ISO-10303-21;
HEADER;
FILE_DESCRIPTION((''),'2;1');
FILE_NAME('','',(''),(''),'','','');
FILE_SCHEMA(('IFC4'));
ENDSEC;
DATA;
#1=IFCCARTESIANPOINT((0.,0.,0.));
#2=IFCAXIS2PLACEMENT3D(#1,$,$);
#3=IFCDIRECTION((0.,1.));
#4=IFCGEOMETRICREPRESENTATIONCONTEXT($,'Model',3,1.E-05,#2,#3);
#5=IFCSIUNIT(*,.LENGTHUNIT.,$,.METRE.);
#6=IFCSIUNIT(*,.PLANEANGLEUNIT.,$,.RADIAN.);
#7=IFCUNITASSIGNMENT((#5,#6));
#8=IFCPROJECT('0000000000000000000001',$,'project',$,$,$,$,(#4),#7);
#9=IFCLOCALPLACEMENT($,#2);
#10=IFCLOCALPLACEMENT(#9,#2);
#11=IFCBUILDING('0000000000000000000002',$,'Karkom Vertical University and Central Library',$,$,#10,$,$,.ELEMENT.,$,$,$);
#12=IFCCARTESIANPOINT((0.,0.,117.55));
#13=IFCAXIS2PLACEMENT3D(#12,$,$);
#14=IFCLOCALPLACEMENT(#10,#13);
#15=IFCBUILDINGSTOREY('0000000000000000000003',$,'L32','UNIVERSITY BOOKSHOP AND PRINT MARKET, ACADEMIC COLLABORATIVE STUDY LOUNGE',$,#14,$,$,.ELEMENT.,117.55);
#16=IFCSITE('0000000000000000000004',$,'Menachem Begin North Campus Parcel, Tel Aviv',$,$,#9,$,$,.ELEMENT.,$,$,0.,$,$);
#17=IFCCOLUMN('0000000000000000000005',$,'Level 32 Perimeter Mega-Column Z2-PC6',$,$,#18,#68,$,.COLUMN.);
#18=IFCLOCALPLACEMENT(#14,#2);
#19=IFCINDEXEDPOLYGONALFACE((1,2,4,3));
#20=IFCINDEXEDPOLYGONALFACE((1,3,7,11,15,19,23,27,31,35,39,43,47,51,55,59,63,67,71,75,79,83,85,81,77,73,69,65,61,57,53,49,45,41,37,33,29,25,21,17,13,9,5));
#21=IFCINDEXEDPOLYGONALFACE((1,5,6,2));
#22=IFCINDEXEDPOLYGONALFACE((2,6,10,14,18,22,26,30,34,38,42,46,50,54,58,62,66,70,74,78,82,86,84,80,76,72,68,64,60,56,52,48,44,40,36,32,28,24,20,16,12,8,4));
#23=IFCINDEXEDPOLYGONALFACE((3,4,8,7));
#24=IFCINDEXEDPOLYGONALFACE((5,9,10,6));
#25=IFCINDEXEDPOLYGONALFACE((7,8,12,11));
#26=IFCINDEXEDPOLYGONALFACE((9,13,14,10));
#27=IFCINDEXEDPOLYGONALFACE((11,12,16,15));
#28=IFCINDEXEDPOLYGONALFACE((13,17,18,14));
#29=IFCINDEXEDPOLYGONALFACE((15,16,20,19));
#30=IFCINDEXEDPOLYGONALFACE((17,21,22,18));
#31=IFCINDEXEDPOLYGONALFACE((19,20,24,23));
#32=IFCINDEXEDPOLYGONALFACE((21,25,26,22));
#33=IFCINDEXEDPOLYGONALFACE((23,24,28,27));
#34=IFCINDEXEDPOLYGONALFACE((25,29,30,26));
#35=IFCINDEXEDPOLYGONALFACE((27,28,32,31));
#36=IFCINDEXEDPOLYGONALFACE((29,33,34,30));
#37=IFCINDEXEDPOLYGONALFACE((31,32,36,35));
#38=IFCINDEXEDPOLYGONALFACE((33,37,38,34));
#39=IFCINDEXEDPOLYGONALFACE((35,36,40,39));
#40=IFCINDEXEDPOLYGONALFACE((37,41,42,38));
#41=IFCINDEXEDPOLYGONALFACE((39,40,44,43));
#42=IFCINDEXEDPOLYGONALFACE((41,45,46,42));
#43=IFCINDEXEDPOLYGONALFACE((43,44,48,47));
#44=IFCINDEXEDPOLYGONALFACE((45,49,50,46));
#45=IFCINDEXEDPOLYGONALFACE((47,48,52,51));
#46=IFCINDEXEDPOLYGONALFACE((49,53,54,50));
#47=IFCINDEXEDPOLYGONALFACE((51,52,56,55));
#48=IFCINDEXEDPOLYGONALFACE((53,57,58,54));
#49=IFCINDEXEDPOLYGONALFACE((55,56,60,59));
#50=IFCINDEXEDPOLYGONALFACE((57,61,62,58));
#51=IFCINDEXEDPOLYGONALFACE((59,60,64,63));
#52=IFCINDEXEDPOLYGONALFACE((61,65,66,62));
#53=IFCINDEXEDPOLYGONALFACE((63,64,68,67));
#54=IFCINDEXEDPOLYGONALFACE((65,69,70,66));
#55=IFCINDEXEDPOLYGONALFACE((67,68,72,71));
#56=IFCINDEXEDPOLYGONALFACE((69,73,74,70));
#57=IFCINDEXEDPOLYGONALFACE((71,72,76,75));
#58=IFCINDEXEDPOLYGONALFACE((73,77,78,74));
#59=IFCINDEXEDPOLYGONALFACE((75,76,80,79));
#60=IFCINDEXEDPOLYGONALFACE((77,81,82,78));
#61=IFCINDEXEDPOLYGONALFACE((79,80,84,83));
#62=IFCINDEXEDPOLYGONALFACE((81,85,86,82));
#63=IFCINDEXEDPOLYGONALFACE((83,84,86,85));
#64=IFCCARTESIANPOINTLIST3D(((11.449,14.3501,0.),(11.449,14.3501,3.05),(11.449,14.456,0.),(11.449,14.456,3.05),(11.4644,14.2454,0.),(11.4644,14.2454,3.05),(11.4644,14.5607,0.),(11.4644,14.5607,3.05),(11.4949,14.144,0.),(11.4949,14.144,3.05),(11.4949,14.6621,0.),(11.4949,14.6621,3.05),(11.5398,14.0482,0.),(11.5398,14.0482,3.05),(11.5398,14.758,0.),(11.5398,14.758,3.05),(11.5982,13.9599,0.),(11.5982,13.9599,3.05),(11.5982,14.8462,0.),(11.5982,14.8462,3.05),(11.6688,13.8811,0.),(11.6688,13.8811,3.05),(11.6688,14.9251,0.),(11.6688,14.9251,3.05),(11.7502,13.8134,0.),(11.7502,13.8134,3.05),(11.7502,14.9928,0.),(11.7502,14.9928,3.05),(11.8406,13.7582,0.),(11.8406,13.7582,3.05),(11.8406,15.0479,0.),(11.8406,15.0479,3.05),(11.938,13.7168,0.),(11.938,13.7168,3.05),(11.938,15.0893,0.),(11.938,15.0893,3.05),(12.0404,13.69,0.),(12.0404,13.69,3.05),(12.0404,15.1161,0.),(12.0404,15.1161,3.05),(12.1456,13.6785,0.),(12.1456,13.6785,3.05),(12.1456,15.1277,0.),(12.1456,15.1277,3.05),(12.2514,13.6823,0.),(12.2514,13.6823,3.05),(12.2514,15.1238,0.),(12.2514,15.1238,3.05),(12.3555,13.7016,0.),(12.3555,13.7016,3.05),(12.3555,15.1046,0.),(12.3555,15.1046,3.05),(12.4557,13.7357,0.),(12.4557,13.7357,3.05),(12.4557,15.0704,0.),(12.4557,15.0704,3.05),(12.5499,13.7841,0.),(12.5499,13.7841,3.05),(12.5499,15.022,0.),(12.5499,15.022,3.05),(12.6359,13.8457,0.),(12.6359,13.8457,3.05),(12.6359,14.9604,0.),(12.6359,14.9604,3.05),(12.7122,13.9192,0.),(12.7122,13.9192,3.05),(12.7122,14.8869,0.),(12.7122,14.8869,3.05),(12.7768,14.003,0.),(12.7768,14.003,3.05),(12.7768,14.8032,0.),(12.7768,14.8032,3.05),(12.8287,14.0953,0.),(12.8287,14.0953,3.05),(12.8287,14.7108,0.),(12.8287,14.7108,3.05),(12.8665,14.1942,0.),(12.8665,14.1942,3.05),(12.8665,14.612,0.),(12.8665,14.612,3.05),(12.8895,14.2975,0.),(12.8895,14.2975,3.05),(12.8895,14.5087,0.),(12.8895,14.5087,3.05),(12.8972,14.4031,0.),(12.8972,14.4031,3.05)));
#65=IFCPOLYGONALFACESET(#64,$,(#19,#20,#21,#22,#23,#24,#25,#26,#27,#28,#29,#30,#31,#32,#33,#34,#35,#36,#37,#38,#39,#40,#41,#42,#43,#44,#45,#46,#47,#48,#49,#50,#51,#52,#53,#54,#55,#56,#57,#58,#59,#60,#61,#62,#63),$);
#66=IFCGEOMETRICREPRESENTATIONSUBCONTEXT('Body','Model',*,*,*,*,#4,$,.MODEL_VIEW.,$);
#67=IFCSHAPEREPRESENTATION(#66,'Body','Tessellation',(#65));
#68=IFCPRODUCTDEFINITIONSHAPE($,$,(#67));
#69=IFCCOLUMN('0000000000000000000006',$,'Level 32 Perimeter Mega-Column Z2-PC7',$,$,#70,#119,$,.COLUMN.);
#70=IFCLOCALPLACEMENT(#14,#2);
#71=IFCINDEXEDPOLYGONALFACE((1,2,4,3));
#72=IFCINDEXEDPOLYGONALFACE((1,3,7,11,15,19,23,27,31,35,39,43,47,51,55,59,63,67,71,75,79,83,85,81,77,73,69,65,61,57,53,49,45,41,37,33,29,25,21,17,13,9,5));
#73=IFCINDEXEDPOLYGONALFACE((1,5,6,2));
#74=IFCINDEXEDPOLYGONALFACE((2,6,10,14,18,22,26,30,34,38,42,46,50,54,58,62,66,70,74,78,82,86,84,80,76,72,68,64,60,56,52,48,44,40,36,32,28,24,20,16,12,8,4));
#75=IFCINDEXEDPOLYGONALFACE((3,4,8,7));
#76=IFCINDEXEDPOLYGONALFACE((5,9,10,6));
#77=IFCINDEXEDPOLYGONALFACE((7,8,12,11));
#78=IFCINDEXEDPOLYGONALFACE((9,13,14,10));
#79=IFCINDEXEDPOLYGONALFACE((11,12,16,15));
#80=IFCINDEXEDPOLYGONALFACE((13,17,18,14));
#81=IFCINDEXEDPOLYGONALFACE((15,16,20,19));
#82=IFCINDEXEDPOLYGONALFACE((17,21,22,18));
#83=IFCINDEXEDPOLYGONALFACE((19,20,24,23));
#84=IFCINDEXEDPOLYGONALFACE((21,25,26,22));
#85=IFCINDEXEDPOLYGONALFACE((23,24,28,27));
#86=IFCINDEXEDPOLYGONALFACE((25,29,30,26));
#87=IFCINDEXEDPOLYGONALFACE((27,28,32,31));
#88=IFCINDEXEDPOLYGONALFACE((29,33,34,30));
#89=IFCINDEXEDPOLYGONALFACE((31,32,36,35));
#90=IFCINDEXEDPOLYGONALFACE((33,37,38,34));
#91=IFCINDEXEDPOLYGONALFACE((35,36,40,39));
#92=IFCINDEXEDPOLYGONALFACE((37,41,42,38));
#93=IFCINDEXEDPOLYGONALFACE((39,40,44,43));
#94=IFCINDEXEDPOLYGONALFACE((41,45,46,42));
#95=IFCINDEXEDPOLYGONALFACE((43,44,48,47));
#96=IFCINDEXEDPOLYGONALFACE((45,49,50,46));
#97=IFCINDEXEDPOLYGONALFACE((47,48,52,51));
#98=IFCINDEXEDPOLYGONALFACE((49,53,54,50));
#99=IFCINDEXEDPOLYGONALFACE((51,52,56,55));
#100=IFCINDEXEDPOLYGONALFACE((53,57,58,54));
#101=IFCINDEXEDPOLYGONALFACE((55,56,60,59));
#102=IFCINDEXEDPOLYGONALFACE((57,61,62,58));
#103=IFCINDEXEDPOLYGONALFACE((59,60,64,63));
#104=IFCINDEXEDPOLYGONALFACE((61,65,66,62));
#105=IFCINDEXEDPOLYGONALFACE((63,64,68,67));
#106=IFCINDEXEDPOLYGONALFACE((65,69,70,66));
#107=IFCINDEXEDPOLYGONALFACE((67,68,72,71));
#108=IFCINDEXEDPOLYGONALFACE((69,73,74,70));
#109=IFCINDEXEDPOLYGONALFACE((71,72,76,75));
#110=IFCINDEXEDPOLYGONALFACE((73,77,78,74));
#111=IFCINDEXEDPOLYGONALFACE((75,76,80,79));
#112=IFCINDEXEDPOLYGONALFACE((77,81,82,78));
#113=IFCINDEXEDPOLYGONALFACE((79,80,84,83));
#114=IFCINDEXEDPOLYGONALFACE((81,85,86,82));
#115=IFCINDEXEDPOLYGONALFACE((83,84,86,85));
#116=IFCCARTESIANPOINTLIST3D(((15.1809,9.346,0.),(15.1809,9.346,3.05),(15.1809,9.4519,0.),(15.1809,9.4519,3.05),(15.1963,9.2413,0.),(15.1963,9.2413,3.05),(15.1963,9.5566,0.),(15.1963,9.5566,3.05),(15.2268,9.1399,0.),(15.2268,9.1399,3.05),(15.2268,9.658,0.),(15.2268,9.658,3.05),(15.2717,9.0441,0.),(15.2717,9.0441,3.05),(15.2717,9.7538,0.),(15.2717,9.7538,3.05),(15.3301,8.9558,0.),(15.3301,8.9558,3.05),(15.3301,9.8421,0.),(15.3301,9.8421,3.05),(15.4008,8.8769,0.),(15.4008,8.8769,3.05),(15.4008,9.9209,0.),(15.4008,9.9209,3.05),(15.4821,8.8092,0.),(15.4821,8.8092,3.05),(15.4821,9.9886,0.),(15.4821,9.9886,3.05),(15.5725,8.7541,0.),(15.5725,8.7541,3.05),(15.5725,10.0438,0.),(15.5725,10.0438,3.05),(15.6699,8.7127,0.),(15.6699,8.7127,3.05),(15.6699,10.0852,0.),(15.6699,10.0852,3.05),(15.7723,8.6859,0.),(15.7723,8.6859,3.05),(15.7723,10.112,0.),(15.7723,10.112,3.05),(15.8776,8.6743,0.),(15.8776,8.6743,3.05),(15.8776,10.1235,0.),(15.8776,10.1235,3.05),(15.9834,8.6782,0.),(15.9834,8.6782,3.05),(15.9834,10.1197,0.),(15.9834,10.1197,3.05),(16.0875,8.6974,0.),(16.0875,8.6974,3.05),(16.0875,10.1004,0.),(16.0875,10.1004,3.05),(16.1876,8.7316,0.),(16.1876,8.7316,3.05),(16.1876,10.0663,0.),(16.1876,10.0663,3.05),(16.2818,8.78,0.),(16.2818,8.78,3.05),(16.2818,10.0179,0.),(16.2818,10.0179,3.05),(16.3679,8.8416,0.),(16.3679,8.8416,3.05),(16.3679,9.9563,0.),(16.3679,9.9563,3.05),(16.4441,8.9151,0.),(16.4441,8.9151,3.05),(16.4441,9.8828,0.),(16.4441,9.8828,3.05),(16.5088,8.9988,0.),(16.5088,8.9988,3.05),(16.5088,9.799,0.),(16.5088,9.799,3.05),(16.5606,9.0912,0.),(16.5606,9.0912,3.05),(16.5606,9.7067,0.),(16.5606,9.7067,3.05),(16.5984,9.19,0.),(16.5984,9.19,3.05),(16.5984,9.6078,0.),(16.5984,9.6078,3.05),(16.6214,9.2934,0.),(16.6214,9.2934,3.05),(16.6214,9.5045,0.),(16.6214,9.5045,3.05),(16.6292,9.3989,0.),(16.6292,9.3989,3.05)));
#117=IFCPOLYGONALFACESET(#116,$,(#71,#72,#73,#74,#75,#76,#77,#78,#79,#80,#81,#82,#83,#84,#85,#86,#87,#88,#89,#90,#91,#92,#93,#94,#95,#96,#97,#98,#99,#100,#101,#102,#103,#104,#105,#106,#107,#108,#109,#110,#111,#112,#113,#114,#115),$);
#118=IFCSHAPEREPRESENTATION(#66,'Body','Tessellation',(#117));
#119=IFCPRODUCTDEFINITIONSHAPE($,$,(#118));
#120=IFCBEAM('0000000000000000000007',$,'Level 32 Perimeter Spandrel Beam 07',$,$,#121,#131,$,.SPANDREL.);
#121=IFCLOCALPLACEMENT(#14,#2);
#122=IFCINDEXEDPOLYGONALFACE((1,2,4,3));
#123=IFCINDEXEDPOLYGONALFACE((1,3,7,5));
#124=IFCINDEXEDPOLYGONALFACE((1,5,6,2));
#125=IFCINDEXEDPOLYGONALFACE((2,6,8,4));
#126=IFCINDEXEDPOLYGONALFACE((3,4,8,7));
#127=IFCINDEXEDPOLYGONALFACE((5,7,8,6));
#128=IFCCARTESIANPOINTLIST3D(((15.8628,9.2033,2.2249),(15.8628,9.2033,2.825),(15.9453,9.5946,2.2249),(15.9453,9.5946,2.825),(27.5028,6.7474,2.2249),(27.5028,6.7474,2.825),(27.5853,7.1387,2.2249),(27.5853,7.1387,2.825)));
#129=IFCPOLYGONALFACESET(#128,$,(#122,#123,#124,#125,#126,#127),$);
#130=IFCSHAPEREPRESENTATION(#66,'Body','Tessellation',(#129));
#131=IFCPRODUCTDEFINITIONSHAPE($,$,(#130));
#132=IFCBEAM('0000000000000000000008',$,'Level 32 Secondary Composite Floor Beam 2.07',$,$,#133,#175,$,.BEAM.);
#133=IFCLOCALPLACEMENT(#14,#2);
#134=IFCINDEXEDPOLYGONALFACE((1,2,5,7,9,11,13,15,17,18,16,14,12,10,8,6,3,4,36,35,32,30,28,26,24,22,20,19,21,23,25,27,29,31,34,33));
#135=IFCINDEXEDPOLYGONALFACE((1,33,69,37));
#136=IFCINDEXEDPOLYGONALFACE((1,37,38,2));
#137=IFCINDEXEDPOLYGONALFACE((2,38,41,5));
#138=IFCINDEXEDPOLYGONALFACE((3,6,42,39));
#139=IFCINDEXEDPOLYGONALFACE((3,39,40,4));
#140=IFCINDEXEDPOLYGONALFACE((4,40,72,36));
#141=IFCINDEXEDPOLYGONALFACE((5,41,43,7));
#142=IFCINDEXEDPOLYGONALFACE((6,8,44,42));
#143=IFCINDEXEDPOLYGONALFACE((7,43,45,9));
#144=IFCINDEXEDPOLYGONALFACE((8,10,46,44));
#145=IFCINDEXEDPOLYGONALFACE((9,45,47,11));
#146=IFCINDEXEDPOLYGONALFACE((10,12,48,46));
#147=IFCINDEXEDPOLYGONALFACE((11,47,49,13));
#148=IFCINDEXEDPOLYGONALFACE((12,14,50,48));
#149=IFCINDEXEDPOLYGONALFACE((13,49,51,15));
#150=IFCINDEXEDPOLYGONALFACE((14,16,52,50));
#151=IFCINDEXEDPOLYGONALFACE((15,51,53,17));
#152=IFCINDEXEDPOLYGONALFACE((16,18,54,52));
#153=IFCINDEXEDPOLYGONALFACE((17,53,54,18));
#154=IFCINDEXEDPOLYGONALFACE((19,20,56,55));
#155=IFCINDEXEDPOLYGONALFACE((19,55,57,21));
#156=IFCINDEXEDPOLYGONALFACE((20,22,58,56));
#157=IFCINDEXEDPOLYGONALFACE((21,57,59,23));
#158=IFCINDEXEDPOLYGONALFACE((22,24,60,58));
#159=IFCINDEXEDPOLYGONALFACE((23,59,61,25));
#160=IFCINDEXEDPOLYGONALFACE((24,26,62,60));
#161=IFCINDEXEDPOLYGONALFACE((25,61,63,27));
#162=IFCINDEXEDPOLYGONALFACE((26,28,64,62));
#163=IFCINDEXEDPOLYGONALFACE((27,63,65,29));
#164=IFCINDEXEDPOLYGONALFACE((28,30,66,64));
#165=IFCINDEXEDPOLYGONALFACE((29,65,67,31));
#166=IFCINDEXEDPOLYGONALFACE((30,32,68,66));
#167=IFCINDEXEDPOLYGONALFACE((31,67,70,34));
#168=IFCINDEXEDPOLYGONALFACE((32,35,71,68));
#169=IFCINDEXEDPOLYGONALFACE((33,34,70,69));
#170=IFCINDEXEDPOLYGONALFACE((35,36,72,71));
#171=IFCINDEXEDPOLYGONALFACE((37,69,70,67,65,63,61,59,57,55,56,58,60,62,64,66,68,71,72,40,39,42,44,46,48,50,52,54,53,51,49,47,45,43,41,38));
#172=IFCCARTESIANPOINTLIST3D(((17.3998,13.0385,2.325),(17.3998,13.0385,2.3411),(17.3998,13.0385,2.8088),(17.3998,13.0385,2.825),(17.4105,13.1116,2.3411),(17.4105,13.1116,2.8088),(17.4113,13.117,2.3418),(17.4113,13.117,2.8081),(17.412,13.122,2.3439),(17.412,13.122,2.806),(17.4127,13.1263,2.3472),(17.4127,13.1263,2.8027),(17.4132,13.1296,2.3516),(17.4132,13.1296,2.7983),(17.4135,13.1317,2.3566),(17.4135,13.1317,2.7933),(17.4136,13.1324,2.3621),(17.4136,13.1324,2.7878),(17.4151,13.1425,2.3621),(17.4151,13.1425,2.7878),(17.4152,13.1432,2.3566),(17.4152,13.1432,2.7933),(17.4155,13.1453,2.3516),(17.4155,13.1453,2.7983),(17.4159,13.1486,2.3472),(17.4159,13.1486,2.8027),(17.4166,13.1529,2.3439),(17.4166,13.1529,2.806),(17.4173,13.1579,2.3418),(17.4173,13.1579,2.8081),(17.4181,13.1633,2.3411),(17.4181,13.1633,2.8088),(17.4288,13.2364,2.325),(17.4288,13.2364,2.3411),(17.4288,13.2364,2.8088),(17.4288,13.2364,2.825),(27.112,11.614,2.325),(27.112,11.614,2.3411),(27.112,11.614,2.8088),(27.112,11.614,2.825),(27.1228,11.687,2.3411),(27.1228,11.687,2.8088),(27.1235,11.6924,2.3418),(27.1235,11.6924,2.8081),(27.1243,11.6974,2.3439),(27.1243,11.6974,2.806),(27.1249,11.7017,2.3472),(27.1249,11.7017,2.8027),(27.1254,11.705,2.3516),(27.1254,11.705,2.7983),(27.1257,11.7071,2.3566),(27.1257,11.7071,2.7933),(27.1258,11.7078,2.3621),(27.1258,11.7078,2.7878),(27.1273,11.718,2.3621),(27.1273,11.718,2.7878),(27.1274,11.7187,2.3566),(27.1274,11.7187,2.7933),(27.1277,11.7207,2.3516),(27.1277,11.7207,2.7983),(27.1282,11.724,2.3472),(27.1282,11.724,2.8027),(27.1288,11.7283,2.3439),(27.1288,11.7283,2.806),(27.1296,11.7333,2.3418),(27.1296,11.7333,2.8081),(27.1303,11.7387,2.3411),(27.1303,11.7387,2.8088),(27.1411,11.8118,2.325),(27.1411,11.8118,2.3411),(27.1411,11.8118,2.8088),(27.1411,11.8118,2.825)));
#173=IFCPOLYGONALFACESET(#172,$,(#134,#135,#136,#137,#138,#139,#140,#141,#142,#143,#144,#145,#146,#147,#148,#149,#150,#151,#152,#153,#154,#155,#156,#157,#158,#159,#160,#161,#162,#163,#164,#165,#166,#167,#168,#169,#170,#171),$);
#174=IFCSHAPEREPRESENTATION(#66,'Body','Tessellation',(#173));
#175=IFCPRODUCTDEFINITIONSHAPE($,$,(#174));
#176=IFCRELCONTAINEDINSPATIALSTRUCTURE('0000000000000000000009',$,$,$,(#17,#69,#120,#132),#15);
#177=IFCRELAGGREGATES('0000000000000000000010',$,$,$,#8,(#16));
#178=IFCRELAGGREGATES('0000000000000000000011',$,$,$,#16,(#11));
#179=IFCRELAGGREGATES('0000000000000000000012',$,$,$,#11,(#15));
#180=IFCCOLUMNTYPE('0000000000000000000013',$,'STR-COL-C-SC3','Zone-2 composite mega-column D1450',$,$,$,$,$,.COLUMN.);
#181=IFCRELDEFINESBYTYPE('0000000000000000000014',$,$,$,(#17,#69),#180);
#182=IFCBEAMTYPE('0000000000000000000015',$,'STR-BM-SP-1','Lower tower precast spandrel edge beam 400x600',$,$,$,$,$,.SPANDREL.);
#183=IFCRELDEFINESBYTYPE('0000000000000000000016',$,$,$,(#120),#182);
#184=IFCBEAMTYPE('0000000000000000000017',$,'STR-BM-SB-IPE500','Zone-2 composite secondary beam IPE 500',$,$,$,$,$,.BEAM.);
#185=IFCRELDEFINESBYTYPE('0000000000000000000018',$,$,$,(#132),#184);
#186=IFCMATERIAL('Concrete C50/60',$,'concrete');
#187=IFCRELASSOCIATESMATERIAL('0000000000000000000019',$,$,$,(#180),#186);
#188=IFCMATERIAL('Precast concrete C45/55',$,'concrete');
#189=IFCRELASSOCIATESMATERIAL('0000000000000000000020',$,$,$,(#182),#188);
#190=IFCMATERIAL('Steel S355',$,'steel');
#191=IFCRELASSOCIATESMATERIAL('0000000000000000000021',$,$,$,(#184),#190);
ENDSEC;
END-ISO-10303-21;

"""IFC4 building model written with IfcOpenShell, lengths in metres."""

from ifc_helpers import new_model, si_unit, direction, frame, origin, origin_with_axes, origin_2d, place, context, subcontext, project, spatial, rectangle, circle, i_section, extrude, source, transform, mapped, material, material_profile, profile_set, type_object, element, save


model = new_model("IFC4")

# Units and contexts
model_context = context("Model", 3, precision=1e-05, world=origin(), true_north=direction((0.0, 1.0)))
body_context = subcontext(model_context, "Body", "Model", "MODEL_VIEW")
ifc_project = project(units=[si_unit("LENGTHUNIT", "METRE"), si_unit("PLANEANGLEUNIT", "RADIAN")], contexts=[model_context])

# Site, building, storey
site_placement = place(None, origin())
site = spatial("IfcSite", under=ifc_project, at=site_placement, Name="Menachem Begin North Campus Parcel, Tel Aviv", CompositionType="ELEMENT", RefElevation=0.0)
building_placement = place(site_placement, origin())
building = spatial("IfcBuilding", under=site, at=building_placement, Name="Karkom Vertical University and Central Library", CompositionType="ELEMENT")
storey_placement = place(building_placement, frame((0.0, 0.0, 117.55)))
storey = spatial("IfcBuildingStorey", under=building, at=storey_placement, Name="L32", Description="UNIVERSITY BOOKSHOP AND PRINT MARKET, ACADEMIC COLLABORATIVE STUDY LOUNGE", CompositionType="ELEMENT", Elevation=117.55)

# Columns
ifc_material_1 = material(Name="Concrete C50/60", Category="concrete")
ifc_material_profile_1 = material_profile(ifc_material_1, circle(Radius=0.7251, at=origin_2d()), Name="CFT-D1450")
ifc_profile_set_1 = profile_set([ifc_material_profile_1], Name="Concrete C50/60")
column_type = type_object("IfcColumnType", Name="STR-COL-C-SC3", Description="Zone-2 composite mega-column D1450", PredefinedType="COLUMN", material=ifc_profile_set_1)
shared_shape_1 = source(origin_with_axes(), body_context, "Body", "SweptSolid", [
    extrude(circle(Radius=0.7251, at=origin_2d()), origin(), (0.0, 0.0, 1.0), 3.05),
])
for number, where, z_axis, x_axis, name in (
    (1, (12.1721, 14.4031, 0.0), (0.0, 0.0, 1.0), (1.0, 0.0, 0.0), "Level 32 Perimeter Mega-Column Z2-PC6"),
    (2, (15.9041, 9.3989, 0.0), (0.0, 0.0, 1.0), (1.0, 0.0, 0.0), "Level 32 Perimeter Mega-Column Z2-PC7"),
):
    element("IfcColumn", number, at=place(storey_placement, frame(where, z_axis=z_axis, x_axis=x_axis)), inside=storey, type_object=column_type, Name=name, PredefinedType="COLUMN", context=body_context, shape_type="MappedRepresentation", body=[
        mapped(shared_shape_1, transform((0.0, 0.0, 0.0), scale=1.0)),
    ])

# Beams
ifc_material_2 = material(Name="Precast concrete C45/55", Category="concrete")
ifc_material_profile_2 = material_profile(ifc_material_2, rectangle(XDim=0.3999, YDim=0.6001, at=origin_2d()), Name="SPB-400x600")
ifc_profile_set_2 = profile_set([ifc_material_profile_2], Name="Precast concrete C45/55")
beam_type_1 = type_object("IfcBeamType", Name="STR-BM-SP-1", Description="Lower tower precast spandrel edge beam 400x600", PredefinedType="SPANDREL", material=ifc_profile_set_2)
shared_shape_2 = source(origin_with_axes(), body_context, "Body", "SweptSolid", [
    extrude(rectangle(XDim=0.3999, YDim=0.6001, at=origin_2d()), origin(), (0.0, 0.0, 1.0), 11.8962),
])
beam_1_placement = place(storey_placement, frame((15.9041, 9.3989, 2.5249), z_axis=(0.97846, -0.206438, 0.0), x_axis=(0.206438, 0.97846, 0.0)))
element("IfcBeam", 3, at=beam_1_placement, inside=storey, type_object=beam_type_1, Name="Level 32 Perimeter Spandrel Beam 07", PredefinedType="SPANDREL", context=body_context, shape_type="MappedRepresentation", body=[
    mapped(shared_shape_2, transform((0.0, 0.0, 0.0), scale=1.0)),
])
ifc_material_3 = material(Name="Steel S355", Category="steel")
ifc_material_profile_3 = material_profile(ifc_material_3, i_section(OverallWidth=0.2, OverallDepth=0.5, WebThickness=0.0103, FlangeThickness=0.0161, FilletRadius=0.021, at=origin_2d()), Name="IPE 500")
ifc_profile_set_3 = profile_set([ifc_material_profile_3], Name="Steel S355")
beam_type_2 = type_object("IfcBeamType", Name="STR-BM-SB-IPE500", Description="Zone-2 composite secondary beam IPE 500", PredefinedType="BEAM", material=ifc_profile_set_3)
shared_shape_3 = source(origin_with_axes(), body_context, "Body", "SweptSolid", [
    extrude(i_section(OverallWidth=0.2, OverallDepth=0.5, WebThickness=0.0103, FlangeThickness=0.0161, FilletRadius=0.021, at=origin_2d()), origin(), (0.0, 0.0, 1.0), 9.8162),
])
beam_2_placement = place(storey_placement, frame((17.4143, 13.1375, 2.575), z_axis=(0.989413, -0.145125, 0.0), x_axis=(0.145125, 0.989413, 0.0)))
element("IfcBeam", 4, at=beam_2_placement, inside=storey, type_object=beam_type_2, Name="Level 32 Secondary Composite Floor Beam 2.07", PredefinedType="BEAM", context=body_context, shape_type="MappedRepresentation", body=[
    mapped(shared_shape_3, transform((0.0, 0.0, 0.0), scale=1.0)),
])

save(model, "model.ifc")
